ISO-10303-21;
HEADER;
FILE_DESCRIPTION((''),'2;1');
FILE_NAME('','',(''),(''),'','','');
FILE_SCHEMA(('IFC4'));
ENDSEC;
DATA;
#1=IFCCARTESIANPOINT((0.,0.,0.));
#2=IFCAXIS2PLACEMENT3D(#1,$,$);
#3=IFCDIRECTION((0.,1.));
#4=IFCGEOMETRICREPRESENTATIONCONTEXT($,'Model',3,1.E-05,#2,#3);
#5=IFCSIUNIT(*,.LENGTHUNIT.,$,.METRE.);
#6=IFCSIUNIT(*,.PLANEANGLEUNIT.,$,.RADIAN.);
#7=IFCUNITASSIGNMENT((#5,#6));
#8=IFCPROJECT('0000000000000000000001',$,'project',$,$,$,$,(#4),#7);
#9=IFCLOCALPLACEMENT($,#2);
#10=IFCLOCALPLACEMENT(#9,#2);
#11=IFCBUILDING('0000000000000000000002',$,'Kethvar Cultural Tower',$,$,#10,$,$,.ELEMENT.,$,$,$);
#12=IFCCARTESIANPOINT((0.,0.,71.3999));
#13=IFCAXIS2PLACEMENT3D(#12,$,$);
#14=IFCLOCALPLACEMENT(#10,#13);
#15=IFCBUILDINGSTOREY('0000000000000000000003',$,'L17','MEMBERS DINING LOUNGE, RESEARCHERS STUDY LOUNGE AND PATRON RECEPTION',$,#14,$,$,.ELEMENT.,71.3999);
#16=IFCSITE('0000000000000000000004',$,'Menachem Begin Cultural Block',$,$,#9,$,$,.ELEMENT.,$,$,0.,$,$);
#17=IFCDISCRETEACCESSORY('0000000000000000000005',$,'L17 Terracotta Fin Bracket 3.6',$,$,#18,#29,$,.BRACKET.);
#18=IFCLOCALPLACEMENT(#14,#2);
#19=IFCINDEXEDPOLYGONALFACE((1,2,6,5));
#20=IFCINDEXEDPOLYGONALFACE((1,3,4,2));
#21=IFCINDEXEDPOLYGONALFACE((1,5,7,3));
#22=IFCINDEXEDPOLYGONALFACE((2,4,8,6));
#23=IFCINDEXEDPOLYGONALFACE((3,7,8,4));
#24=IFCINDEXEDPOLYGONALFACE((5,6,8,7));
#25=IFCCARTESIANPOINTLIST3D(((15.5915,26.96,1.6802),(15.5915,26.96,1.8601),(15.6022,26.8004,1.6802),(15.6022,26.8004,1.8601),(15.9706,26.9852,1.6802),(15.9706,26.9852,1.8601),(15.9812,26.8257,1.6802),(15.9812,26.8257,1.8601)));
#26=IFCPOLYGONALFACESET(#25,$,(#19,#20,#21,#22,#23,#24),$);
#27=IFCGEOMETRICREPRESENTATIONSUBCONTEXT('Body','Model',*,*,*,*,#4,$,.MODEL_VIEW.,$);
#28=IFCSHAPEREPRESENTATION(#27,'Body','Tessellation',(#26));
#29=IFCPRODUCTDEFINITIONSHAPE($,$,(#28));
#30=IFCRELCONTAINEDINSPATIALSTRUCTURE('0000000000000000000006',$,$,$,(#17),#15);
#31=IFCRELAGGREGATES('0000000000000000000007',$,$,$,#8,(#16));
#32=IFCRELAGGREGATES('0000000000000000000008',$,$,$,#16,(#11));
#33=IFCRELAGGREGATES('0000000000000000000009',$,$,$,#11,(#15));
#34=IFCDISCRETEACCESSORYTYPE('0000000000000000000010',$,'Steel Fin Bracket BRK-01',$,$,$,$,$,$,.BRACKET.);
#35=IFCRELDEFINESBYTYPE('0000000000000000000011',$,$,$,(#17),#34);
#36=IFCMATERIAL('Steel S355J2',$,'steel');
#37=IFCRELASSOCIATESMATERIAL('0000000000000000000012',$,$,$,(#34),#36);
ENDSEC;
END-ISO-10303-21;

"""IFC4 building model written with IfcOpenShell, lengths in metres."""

from ifc_helpers import new_model, si_unit, direction, frame, origin, origin_2d, place, context, subcontext, project, spatial, rectangle, extrude, source, transform, mapped, material, type_object, element, save


model = new_model("IFC4")

# Units and contexts
model_context = context("Model", 3, precision=1e-05, world=origin(), true_north=direction((0.0, 1.0)))
body_context = subcontext(model_context, "Body", "Model", "MODEL_VIEW")
ifc_project = project(units=[si_unit("LENGTHUNIT", "METRE"), si_unit("PLANEANGLEUNIT", "RADIAN")], contexts=[model_context])

# Site, building, storey
site_placement = place(None, origin())
site = spatial("IfcSite", under=ifc_project, at=site_placement, Name="Menachem Begin Cultural Block", CompositionType="ELEMENT", RefElevation=0.0)
building_placement = place(site_placement, origin())
building = spatial("IfcBuilding", under=site, at=building_placement, Name="Kethvar Cultural Tower", CompositionType="ELEMENT")
storey_placement = place(building_placement, frame((0.0, 0.0, 71.3999)))
storey = spatial("IfcBuildingStorey", under=building, at=storey_placement, Name="L17", Description="MEMBERS DINING LOUNGE, RESEARCHERS STUDY LOUNGE AND PATRON RECEPTION", CompositionType="ELEMENT", Elevation=71.3999)

# Shared definitions
ifc_material_1 = material(Name="Steel S355J2", Category="steel")

# Discrete accessory
discrete_accessory_type = type_object("IfcDiscreteAccessoryType", Name="Steel Fin Bracket BRK-01", PredefinedType="BRACKET", material=ifc_material_1)
shared_shape_1 = source(origin(), body_context, "Body", "SweptSolid", [
    extrude(rectangle(XDim=0.3799, YDim=0.1599, at=origin_2d()), origin(), (0.0, 0.0, 1.0), 0.1799),
])
for number, where, z_axis, x_axis, name in (
    (1, (15.7864, 26.8928, 1.6802), (0.0, 0.0, 1.0), (-0.99779, -0.066448, 0.0), "L17 Terracotta Fin Bracket 3.6"),
):
    element("IfcDiscreteAccessory", number, at=place(storey_placement, frame(where, z_axis=z_axis, x_axis=x_axis)), inside=storey, type_object=discrete_accessory_type, Name=name, PredefinedType="BRACKET", context=body_context, shape_type="MappedRepresentation", body=[
        mapped(shared_shape_1, transform((0.0, 0.0, 0.0), scale=1.0)),
    ])

save(model, "model.ifc")
